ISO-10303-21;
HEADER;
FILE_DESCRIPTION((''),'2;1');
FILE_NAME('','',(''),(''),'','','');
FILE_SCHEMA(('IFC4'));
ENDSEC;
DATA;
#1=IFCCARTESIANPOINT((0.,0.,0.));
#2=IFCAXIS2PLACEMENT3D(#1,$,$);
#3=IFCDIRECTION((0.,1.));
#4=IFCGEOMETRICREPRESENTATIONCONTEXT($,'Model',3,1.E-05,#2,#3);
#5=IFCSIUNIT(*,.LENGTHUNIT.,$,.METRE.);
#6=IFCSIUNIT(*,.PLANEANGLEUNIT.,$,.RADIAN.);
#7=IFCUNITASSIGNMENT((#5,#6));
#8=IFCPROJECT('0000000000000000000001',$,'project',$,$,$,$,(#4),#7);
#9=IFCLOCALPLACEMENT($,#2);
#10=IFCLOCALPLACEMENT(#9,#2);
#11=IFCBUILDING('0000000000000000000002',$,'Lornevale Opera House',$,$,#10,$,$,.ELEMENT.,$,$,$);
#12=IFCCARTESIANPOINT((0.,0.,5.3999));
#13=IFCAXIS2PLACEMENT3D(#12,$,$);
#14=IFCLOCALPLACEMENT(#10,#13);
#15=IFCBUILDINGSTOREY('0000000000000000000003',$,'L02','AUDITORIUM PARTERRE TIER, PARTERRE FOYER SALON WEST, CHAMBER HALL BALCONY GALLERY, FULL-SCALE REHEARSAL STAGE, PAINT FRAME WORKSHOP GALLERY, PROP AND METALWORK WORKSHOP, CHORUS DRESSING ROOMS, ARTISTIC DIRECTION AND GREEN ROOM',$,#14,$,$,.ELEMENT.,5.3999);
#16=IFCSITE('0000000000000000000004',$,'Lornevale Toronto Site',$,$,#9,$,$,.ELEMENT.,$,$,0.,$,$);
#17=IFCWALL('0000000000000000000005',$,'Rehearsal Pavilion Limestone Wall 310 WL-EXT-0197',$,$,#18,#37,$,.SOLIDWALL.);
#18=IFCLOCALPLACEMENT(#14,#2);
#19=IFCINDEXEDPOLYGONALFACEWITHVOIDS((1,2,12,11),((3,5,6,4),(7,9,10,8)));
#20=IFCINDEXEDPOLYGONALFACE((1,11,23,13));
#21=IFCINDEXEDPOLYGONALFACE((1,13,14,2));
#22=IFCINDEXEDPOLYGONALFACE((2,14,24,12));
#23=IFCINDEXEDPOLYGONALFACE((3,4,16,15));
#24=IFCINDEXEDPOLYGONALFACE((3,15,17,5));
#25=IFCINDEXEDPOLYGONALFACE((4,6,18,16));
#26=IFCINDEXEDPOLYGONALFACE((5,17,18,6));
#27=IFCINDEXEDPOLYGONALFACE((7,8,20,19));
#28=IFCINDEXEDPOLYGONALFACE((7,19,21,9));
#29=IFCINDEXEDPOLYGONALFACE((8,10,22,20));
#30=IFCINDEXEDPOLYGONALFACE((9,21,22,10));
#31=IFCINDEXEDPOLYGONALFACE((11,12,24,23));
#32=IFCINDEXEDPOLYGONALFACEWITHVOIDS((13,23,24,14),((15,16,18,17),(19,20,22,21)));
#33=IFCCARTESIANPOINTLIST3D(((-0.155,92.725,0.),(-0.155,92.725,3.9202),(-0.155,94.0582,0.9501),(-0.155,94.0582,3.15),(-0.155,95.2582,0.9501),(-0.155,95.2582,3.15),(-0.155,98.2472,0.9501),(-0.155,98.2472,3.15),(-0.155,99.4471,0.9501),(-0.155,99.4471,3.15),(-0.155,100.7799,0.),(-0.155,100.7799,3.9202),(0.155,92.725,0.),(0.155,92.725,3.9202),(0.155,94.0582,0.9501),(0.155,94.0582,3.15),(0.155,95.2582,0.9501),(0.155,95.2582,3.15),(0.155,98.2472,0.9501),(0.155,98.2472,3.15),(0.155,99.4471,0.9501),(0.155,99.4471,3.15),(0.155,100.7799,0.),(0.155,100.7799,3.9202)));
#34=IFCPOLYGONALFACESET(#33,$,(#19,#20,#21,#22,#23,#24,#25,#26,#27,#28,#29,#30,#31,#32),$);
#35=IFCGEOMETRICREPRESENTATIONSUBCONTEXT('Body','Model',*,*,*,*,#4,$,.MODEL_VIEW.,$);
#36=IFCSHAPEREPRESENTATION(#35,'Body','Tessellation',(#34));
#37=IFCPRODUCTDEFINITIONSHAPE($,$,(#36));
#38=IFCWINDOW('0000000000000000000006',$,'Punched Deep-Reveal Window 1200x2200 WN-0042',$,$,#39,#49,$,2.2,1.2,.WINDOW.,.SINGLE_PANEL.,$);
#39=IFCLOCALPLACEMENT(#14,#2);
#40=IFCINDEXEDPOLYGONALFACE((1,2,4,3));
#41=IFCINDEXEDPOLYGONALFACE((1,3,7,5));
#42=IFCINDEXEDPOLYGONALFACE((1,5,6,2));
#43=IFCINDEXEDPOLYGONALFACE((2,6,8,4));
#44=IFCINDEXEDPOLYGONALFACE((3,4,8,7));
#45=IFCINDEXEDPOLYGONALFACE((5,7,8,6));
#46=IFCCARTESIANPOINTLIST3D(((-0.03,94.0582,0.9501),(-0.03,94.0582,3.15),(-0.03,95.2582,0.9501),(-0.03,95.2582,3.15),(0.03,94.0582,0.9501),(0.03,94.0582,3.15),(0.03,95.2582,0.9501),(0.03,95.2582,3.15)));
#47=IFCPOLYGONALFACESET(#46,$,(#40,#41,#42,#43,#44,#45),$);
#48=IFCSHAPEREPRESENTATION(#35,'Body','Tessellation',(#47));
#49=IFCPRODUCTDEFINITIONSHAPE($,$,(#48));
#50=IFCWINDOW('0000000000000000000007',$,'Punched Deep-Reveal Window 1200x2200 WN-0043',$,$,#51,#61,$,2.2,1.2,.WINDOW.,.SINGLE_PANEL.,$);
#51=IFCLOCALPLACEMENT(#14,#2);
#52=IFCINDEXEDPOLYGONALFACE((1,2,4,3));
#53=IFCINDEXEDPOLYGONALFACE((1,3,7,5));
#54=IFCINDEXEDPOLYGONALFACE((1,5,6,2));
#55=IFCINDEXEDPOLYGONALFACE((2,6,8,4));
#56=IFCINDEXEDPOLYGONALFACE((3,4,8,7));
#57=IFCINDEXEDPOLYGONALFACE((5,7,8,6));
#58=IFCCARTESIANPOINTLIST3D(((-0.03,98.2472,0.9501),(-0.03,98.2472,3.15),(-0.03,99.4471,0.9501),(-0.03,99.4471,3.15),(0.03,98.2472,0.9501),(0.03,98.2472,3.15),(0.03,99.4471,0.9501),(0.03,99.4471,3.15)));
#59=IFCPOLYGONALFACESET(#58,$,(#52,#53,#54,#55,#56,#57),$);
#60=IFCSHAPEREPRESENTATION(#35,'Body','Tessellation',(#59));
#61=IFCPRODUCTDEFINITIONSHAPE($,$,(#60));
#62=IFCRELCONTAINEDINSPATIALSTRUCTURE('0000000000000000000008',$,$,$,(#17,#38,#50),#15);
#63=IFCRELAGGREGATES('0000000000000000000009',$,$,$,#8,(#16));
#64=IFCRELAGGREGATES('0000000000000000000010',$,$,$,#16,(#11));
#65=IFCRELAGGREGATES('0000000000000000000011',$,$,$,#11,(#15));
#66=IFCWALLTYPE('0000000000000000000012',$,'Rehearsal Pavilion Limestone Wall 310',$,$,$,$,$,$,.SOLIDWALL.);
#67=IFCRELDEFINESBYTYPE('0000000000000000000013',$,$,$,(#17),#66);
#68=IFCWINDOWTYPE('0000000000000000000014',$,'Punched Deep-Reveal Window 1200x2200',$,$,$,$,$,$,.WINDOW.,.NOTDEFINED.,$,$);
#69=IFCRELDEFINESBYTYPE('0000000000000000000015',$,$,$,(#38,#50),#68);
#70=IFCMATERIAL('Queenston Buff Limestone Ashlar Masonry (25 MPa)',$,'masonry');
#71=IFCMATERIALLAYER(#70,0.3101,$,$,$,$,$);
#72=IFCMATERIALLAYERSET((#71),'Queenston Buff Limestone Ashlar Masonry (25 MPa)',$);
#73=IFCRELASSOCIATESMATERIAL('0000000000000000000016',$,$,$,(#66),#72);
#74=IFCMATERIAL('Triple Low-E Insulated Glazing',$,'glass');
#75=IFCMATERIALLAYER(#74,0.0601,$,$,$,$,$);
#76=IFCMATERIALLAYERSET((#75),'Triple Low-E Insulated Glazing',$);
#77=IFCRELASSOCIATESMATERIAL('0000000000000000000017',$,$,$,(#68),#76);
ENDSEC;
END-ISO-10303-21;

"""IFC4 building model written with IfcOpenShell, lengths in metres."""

from ifc_helpers import new_model, si_unit, direction, frame, frame_2d, origin, place, context, subcontext, project, spatial, rectangle, extrude, material, layer, layer_set, type_object, element, fill, save


model = new_model("IFC4")

# Units and contexts
model_context = context("Model", 3, precision=1e-05, world=origin(), true_north=direction((0.0, 1.0)))
body_context = subcontext(model_context, "Body", "Model", "MODEL_VIEW")
ifc_project = project(units=[si_unit("LENGTHUNIT", "METRE"), si_unit("PLANEANGLEUNIT", "RADIAN")], contexts=[model_context])

# Site, building, storey
site_placement = place(None, origin())
site = spatial("IfcSite", under=ifc_project, at=site_placement, Name="Lornevale Toronto Site", CompositionType="ELEMENT", RefElevation=0.0)
building_placement = place(site_placement, origin())
building = spatial("IfcBuilding", under=site, at=building_placement, Name="Lornevale Opera House", CompositionType="ELEMENT")
storey_placement = place(building_placement, frame((0.0, 0.0, 5.3999)))
storey = spatial("IfcBuildingStorey", under=building, at=storey_placement, Name="L02", Description="AUDITORIUM PARTERRE TIER, PARTERRE FOYER SALON WEST, CHAMBER HALL BALCONY GALLERY, FULL-SCALE REHEARSAL STAGE, PAINT FRAME WORKSHOP GALLERY, PROP AND METALWORK WORKSHOP, CHORUS DRESSING ROOMS, ARTISTIC DIRECTION AND GREEN ROOM", CompositionType="ELEMENT", Elevation=5.3999)

# Shared definitions
ifc_material_1 = material(Name="Triple Low-E Insulated Glazing", Category="glass")

# Wall, openings, windows
ifc_material_2 = material(Name="Queenston Buff Limestone Ashlar Masonry (25 MPa)", Category="masonry")
ifc_layer_1 = layer(ifc_material_2, 0.3101)
ifc_layer_set_1 = layer_set([ifc_layer_1], Name="Queenston Buff Limestone Ashlar Masonry (25 MPa)")
wall_type = type_object("IfcWallType", Name="Rehearsal Pavilion Limestone Wall 310", PredefinedType="SOLIDWALL", material=ifc_layer_set_1)
wall_placement = place(storey_placement, frame((0.0, 92.7251, 0.0), z_axis=(0.0, 0.0, 1.0), x_axis=(0.0, 1.0, 0.0)))
wall = element("IfcWall", 1, at=wall_placement, inside=storey, type_object=wall_type, Name="Rehearsal Pavilion Limestone Wall 310 WL-EXT-0197", PredefinedType="SOLIDWALL", context=body_context, shape_type="SweptSolid", body=[
    extrude(rectangle(XDim=8.0549, YDim=0.3101, at=frame_2d((4.0273, 0.0))), origin(), (0.0, 0.0, 1.0), 3.9202),
])
opening_1_placement = place(wall_placement, frame((1.333, 0.0, 0.95)))
opening_1 = element("IfcOpeningElement", 2, at=opening_1_placement, cuts=wall, PredefinedType="OPENING", context=body_context, shape_type="SweptSolid", body=[
    extrude(rectangle(XDim=1.2, YDim=2.2, at=frame_2d((0.6001, 1.1001))), frame((0.0, 0.165, 0.0), z_axis=(0.0, -1.0, 0.0), x_axis=(1.0, 0.0, 0.0)), (0.0, 0.0, 1.0), 0.3301),
])
opening_2_placement = place(wall_placement, frame((5.522, 0.0, 0.95)))
opening_2 = element("IfcOpeningElement", 3, at=opening_2_placement, cuts=wall, PredefinedType="OPENING", context=body_context, shape_type="SweptSolid", body=[
    extrude(rectangle(XDim=1.2, YDim=2.2, at=frame_2d((0.6001, 1.1001))), frame((0.0, 0.165, 0.0), z_axis=(0.0, -1.0, 0.0), x_axis=(1.0, 0.0, 0.0)), (0.0, 0.0, 1.0), 0.3301),
])
ifc_layer_2 = layer(ifc_material_1, 0.0601)
ifc_layer_set_2 = layer_set([ifc_layer_2], Name="Triple Low-E Insulated Glazing")
window_type = type_object("IfcWindowType", Name="Punched Deep-Reveal Window 1200x2200", PartitioningType="NOTDEFINED", PredefinedType="WINDOW", material=ifc_layer_set_2)
window_1_placement = place(opening_1_placement, origin())
window_1 = element("IfcWindow", 4, at=window_1_placement, inside=storey, type_object=window_type, Name="Punched Deep-Reveal Window 1200x2200 WN-0042", OverallHeight=2.2, OverallWidth=1.2, PartitioningType="SINGLE_PANEL", PredefinedType="WINDOW", context=body_context, shape_type="SweptSolid", body=[
    extrude(rectangle(XDim=1.2, YDim=2.2, at=frame_2d((0.6001, 1.1001))), frame((0.0, 0.03, 0.0), z_axis=(0.0, -1.0, 0.0), x_axis=(1.0, 0.0, 0.0)), (0.0, 0.0, 1.0), 0.0601),
])
fill(opening_1, window_1)
window_2_placement = place(opening_2_placement, origin())
window_2 = element("IfcWindow", 5, at=window_2_placement, inside=storey, type_object=window_type, Name="Punched Deep-Reveal Window 1200x2200 WN-0043", OverallHeight=2.2, OverallWidth=1.2, PartitioningType="SINGLE_PANEL", PredefinedType="WINDOW", context=body_context, shape_type="SweptSolid", body=[
    extrude(rectangle(XDim=1.2, YDim=2.2, at=frame_2d((0.6001, 1.1001))), frame((0.0, 0.03, 0.0), z_axis=(0.0, -1.0, 0.0), x_axis=(1.0, 0.0, 0.0)), (0.0, 0.0, 1.0), 0.0601),
])
fill(opening_2, window_2)

save(model, "model.ifc")
